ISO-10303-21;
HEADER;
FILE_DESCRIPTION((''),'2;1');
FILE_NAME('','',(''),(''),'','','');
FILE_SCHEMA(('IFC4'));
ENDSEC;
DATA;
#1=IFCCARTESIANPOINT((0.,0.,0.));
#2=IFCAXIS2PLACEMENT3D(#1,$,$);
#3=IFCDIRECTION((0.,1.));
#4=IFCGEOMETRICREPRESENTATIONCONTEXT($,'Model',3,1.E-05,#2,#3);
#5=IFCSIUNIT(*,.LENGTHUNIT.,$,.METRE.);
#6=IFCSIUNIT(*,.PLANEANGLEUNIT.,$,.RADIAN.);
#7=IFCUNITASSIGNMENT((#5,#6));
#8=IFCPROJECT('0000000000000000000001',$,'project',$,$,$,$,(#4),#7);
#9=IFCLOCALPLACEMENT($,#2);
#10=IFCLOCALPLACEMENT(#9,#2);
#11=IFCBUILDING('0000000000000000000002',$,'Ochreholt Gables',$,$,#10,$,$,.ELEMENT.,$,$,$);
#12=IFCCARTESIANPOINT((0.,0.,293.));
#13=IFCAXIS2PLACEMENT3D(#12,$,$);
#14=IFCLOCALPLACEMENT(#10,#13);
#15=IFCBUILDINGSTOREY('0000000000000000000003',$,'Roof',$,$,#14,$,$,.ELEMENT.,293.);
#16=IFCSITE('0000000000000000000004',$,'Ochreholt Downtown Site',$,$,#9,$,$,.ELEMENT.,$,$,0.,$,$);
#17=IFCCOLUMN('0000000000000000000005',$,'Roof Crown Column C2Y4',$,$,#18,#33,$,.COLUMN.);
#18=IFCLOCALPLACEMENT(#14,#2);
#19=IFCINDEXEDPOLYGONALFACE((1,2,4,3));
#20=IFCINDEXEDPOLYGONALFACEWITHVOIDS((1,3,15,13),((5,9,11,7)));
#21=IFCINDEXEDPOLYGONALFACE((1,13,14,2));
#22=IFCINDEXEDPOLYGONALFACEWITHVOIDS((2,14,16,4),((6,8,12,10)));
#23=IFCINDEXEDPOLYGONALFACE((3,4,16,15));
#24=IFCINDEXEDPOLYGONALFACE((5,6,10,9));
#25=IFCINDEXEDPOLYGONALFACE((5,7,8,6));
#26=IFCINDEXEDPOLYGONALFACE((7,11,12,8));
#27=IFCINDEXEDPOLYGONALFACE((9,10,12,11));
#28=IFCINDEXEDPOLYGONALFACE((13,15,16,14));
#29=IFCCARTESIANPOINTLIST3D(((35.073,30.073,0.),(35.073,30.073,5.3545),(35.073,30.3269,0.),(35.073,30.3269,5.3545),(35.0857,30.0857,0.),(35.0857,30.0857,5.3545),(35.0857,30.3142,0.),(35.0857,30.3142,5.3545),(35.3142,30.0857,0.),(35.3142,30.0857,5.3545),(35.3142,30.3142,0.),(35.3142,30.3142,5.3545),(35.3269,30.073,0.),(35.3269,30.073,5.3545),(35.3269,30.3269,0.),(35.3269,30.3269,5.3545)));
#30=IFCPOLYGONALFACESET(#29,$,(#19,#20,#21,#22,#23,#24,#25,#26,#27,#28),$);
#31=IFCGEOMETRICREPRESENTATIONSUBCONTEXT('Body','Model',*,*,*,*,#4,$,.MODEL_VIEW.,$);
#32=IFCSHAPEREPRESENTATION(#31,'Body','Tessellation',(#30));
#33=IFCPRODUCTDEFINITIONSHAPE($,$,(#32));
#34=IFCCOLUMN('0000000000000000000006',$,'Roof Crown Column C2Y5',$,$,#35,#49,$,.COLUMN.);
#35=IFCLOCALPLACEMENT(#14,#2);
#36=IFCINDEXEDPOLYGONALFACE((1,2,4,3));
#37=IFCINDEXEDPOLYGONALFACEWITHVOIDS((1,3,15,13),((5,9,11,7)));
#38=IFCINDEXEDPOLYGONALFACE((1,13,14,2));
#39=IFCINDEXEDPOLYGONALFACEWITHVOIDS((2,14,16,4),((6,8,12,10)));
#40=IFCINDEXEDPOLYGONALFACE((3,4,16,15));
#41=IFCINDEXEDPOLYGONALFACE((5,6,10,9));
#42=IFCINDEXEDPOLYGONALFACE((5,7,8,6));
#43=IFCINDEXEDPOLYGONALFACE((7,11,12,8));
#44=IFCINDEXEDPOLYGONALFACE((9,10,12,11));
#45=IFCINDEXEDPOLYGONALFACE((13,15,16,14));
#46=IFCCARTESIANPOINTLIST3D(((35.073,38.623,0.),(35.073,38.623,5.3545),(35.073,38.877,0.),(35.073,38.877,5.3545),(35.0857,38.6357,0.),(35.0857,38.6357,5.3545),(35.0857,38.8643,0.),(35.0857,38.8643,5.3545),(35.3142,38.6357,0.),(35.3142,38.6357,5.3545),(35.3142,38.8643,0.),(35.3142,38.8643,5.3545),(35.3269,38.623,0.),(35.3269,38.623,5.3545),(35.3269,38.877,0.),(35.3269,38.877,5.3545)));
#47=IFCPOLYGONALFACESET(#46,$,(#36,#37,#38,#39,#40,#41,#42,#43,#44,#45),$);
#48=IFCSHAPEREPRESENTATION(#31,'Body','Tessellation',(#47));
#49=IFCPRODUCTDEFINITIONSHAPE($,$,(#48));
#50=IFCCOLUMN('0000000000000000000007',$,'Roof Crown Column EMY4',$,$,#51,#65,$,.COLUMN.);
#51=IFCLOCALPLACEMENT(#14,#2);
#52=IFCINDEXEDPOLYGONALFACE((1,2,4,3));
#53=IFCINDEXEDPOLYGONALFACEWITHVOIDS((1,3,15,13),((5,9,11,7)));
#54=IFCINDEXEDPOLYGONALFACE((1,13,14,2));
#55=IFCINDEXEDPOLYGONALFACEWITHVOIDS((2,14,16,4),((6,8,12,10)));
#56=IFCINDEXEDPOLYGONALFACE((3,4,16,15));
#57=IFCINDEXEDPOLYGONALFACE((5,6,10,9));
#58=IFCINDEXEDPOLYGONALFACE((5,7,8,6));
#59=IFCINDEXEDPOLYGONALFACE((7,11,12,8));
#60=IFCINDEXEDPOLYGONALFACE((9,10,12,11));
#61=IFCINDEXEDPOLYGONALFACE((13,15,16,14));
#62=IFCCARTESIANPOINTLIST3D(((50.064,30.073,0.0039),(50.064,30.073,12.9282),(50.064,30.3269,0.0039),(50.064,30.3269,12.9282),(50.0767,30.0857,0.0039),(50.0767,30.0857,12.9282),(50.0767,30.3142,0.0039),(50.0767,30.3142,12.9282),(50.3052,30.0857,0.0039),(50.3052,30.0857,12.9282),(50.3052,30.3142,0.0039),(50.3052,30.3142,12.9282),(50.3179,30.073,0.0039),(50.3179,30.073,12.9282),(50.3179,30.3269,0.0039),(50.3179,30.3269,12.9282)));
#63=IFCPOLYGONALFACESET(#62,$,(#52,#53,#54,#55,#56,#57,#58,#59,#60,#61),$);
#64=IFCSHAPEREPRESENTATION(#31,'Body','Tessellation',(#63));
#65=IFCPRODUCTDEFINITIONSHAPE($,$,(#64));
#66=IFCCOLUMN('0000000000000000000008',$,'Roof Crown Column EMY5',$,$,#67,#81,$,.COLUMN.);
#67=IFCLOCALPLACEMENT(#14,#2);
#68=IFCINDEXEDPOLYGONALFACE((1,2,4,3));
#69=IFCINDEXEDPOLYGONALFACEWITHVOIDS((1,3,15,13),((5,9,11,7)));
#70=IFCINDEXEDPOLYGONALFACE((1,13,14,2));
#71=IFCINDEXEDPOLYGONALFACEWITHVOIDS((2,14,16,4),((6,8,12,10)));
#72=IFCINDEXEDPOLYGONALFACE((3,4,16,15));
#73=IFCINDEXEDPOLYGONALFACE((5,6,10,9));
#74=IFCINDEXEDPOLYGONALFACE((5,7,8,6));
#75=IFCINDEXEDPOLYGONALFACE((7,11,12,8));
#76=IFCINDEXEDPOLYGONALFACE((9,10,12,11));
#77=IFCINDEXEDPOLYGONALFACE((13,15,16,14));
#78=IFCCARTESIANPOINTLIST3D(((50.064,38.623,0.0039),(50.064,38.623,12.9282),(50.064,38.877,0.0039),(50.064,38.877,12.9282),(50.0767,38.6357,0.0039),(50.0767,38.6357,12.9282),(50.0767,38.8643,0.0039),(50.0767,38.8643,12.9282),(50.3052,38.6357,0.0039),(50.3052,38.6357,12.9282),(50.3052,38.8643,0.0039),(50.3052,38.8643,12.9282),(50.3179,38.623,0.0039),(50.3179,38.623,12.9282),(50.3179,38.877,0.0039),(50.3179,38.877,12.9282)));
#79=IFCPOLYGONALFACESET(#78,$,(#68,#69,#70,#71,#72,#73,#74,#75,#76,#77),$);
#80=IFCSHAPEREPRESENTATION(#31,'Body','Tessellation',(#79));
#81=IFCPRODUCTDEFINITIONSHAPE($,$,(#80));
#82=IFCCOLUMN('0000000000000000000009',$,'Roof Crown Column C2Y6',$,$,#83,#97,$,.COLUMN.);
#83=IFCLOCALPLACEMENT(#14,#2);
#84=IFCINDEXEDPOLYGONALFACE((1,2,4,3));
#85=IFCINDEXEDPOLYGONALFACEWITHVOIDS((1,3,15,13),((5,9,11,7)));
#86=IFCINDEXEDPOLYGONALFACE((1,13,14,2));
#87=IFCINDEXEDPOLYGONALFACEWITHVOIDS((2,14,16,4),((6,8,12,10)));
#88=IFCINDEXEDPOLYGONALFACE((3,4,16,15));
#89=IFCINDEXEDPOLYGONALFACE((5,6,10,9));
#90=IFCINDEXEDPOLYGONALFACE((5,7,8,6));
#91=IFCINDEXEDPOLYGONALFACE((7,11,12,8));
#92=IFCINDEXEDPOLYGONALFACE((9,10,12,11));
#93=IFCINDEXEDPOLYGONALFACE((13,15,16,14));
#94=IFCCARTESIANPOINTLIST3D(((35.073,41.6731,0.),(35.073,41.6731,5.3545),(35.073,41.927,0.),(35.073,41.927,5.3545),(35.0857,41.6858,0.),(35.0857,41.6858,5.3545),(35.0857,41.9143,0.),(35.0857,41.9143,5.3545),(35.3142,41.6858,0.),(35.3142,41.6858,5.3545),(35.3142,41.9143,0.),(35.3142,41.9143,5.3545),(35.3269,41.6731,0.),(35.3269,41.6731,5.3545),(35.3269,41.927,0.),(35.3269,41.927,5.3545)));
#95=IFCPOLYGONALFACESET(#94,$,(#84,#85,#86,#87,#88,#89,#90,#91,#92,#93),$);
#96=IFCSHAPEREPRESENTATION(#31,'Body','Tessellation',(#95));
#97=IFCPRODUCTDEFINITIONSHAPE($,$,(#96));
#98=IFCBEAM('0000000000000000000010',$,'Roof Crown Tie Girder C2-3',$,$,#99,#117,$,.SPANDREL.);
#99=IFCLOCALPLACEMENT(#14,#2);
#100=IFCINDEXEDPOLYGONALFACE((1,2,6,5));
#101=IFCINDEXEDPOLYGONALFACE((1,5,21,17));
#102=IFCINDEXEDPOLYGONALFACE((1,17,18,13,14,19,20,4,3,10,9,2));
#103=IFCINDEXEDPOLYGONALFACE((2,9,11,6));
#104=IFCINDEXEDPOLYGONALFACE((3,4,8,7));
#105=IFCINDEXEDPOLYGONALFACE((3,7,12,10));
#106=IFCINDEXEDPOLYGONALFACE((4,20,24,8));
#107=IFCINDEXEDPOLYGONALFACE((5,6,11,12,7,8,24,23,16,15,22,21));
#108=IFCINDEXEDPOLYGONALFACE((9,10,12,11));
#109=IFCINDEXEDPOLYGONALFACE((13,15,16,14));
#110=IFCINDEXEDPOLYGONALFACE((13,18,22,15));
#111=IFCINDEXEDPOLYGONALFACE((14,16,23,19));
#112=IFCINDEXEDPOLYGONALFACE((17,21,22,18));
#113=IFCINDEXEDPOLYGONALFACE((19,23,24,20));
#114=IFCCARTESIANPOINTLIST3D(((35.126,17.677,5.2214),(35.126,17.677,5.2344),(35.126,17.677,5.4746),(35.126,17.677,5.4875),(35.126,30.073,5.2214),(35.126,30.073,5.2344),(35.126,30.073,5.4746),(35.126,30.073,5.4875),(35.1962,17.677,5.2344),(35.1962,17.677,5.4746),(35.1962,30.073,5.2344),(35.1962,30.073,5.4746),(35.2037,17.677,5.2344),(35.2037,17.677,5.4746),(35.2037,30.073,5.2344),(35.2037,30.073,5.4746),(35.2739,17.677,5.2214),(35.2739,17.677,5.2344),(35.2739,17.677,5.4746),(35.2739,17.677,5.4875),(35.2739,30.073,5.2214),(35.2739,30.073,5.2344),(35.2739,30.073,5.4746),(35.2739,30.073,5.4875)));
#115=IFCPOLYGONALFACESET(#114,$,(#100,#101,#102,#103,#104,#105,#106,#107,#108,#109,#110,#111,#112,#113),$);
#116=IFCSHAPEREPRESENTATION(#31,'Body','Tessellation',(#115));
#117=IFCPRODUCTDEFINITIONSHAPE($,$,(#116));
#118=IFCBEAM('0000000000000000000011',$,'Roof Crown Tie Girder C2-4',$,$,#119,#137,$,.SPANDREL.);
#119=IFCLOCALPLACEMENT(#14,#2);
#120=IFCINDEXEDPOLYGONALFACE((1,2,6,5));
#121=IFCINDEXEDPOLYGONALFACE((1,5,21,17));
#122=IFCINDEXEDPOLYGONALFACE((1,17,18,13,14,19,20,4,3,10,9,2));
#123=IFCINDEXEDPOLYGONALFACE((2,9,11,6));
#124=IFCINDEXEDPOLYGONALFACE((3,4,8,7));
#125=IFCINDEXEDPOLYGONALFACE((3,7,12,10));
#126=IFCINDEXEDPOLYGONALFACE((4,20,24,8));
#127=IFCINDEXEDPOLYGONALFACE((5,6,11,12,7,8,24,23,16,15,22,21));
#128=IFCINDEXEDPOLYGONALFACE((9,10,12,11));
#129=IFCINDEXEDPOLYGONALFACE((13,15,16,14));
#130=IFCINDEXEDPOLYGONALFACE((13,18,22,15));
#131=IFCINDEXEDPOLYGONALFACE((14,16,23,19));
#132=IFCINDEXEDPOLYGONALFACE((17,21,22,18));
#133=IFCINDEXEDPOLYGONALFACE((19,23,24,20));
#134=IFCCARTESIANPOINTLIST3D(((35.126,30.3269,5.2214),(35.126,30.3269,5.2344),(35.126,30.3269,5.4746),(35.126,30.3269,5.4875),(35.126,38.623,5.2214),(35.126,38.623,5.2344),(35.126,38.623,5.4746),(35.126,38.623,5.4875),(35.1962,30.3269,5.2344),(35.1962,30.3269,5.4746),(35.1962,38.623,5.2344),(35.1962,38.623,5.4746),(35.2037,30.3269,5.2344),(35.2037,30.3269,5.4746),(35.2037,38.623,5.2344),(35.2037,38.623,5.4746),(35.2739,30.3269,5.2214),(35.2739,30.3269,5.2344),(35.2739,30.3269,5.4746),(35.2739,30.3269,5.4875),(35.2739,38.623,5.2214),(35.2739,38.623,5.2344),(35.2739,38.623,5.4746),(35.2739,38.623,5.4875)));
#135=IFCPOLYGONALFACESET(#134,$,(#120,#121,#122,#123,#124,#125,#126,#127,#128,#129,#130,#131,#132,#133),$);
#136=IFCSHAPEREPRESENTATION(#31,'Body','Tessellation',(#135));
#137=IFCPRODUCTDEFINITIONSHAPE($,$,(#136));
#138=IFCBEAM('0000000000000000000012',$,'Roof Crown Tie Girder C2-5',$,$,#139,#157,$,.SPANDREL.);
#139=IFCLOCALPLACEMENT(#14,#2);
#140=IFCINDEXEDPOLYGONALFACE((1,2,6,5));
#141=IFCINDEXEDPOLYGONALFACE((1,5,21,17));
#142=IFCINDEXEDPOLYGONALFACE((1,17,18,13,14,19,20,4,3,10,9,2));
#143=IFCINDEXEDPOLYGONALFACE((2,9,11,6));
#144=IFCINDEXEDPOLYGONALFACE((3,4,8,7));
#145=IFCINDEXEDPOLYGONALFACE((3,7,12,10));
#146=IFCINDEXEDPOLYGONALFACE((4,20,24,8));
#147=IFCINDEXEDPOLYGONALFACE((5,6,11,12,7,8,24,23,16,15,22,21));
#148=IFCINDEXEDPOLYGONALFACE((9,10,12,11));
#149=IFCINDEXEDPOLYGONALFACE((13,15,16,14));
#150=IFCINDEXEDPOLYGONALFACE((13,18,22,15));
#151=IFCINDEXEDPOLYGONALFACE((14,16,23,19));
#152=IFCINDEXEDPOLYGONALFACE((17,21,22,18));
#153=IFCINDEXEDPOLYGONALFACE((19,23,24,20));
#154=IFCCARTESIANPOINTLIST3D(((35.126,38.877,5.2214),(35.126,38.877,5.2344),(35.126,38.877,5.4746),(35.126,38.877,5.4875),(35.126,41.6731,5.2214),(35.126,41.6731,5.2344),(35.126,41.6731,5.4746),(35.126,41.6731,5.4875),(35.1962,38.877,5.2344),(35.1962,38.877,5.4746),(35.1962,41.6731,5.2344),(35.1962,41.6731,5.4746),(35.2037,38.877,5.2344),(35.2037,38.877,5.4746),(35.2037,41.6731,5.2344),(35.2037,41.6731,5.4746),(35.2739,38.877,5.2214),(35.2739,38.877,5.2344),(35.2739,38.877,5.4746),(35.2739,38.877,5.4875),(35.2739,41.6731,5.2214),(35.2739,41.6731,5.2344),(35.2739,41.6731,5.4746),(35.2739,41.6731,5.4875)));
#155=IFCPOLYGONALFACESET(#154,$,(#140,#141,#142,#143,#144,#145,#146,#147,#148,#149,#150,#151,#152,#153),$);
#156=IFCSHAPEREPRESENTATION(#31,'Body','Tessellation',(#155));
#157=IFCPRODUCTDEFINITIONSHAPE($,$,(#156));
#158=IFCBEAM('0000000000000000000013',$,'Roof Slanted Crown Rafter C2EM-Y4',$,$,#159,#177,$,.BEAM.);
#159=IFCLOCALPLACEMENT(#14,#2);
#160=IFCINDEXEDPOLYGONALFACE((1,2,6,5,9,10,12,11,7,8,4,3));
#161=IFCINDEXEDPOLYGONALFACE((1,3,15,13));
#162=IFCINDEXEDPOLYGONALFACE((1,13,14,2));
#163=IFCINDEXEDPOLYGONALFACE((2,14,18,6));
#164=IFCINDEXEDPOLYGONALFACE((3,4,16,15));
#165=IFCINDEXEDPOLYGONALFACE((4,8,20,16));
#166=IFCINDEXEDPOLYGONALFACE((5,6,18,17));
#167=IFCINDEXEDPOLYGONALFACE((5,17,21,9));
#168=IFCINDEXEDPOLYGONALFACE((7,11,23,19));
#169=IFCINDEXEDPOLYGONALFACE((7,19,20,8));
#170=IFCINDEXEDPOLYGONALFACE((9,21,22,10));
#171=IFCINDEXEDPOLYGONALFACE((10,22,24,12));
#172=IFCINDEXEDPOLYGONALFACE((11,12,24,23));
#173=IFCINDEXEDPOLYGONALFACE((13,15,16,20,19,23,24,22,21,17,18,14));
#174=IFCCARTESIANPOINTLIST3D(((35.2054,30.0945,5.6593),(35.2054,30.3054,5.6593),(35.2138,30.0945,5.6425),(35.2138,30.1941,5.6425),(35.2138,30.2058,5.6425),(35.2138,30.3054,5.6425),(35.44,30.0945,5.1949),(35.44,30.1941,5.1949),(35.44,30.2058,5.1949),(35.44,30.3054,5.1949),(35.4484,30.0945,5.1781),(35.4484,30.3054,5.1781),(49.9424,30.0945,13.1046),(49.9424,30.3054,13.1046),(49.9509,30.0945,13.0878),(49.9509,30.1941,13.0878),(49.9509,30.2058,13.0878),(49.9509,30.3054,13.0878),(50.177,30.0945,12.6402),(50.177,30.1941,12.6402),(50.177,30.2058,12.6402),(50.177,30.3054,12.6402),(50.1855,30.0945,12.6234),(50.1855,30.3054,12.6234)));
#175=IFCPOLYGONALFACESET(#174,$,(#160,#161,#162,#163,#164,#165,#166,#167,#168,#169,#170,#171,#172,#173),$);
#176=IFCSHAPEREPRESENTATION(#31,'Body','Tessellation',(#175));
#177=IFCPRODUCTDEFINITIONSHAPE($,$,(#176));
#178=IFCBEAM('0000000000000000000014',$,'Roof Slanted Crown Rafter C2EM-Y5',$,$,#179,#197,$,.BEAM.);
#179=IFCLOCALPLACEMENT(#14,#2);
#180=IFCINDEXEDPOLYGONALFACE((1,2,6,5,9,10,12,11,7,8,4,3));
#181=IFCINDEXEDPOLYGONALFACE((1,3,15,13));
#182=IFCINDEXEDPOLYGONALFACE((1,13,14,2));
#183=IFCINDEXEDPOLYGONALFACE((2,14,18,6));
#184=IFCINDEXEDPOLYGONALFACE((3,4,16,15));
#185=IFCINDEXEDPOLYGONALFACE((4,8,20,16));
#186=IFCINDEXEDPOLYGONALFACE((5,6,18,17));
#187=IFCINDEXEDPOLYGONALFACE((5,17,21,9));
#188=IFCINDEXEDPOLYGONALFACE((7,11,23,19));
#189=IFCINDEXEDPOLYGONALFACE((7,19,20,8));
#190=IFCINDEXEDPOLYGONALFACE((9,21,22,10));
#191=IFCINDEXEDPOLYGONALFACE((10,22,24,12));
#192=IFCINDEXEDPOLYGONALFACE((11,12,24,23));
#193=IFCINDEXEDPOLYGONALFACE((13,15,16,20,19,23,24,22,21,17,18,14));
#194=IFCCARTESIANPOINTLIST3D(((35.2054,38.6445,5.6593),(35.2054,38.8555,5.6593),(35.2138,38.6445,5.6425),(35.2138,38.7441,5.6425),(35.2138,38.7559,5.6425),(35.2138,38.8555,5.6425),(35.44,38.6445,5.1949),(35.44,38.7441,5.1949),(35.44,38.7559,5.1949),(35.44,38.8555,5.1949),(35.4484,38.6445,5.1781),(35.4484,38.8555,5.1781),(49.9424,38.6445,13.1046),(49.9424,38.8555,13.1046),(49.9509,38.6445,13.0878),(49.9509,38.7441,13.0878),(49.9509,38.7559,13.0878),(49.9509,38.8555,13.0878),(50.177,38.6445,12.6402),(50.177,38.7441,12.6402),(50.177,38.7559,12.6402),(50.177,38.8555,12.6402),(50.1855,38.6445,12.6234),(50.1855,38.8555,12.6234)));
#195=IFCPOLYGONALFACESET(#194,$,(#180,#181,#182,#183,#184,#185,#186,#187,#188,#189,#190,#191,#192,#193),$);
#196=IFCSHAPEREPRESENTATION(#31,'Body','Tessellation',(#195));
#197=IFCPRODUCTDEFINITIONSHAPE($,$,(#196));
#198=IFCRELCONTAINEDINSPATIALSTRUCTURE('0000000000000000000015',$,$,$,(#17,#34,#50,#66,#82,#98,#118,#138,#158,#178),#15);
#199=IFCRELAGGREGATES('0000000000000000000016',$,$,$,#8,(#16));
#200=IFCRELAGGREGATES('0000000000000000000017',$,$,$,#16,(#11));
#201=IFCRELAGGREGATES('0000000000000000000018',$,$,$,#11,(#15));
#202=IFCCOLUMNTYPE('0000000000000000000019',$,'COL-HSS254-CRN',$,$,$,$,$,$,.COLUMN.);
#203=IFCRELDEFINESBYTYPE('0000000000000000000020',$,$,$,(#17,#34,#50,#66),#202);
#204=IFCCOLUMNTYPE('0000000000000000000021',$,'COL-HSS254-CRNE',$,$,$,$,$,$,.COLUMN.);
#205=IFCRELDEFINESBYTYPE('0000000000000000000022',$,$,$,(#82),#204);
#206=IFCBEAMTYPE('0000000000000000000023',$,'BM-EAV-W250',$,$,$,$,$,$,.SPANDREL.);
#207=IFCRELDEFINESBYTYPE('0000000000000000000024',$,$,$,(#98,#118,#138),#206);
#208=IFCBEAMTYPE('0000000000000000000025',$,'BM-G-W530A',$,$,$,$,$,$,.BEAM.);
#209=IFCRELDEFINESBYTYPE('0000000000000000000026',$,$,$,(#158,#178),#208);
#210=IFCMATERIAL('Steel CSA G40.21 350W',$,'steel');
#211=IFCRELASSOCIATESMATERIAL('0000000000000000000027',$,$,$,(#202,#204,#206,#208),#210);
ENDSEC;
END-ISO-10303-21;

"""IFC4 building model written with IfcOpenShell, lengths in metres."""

from ifc_helpers import new_model, si_unit, direction, frame, origin, origin_2d, place, context, subcontext, project, spatial, hollow_rectangle, i_section, extrude, material, material_profile, profile_set, type_object, element, save


model = new_model("IFC4")

# Units and contexts
model_context = context("Model", 3, precision=1e-05, world=origin(), true_north=direction((0.0, 1.0)))
body_context = subcontext(model_context, "Body", "Model", "MODEL_VIEW")
ifc_project = project(units=[si_unit("LENGTHUNIT", "METRE"), si_unit("PLANEANGLEUNIT", "RADIAN")], contexts=[model_context])

# Site, building, storey
site_placement = place(None, origin())
site = spatial("IfcSite", under=ifc_project, at=site_placement, Name="Ochreholt Downtown Site", CompositionType="ELEMENT", RefElevation=0.0)
building_placement = place(site_placement, origin())
building = spatial("IfcBuilding", under=site, at=building_placement, Name="Ochreholt Gables", CompositionType="ELEMENT")
storey_placement = place(building_placement, frame((0.0, 0.0, 293.0)))
storey = spatial("IfcBuildingStorey", under=building, at=storey_placement, Name="Roof", CompositionType="ELEMENT", Elevation=293.0)

# Columns
ifc_material_1 = material(Name="Steel CSA G40.21 350W", Category="steel")
ifc_material_profile_1 = material_profile(ifc_material_1, hollow_rectangle(XDim=0.2539, YDim=0.2539, WallThickness=0.0127, at=origin_2d()), Name="HSS254X254X13")
ifc_profile_set_1 = profile_set([ifc_material_profile_1], Name="Steel CSA G40.21 350W")
column_type_1 = type_object("IfcColumnType", Name="COL-HSS254-CRN", PredefinedType="COLUMN", material=ifc_profile_set_1)
for number, where, z_axis, x_axis, name in (
    (1, (35.2, 30.2, 0.0), (0.0, 0.0, 1.0), (1.0, 0.0, 0.0), "Roof Crown Column C2Y4"),
    (2, (35.2, 38.75, 0.0), (0.0, 0.0, 1.0), (1.0, 0.0, 0.0), "Roof Crown Column C2Y5"),
):
    element("IfcColumn", number, at=place(storey_placement, frame(where, z_axis=z_axis, x_axis=x_axis)), inside=storey, type_object=column_type_1, Name=name, PredefinedType="COLUMN", context=body_context, shape_type="SweptSolid", body=[
        extrude(hollow_rectangle(XDim=0.2539, YDim=0.2539, WallThickness=0.0127, at=origin_2d()), origin(), (0.0, 0.0, 1.0), 5.3545),
    ])
for number, where, z_axis, x_axis, name in (
    (3, (50.1909, 30.2, 0.0039), (0.0, 0.0, 1.0), (1.0, 0.0, 0.0), "Roof Crown Column EMY4"),
    (4, (50.1909, 38.75, 0.0039), (0.0, 0.0, 1.0), (1.0, 0.0, 0.0), "Roof Crown Column EMY5"),
):
    element("IfcColumn", number, at=place(storey_placement, frame(where, z_axis=z_axis, x_axis=x_axis)), inside=storey, type_object=column_type_1, Name=name, PredefinedType="COLUMN", context=body_context, shape_type="SweptSolid", body=[
        extrude(hollow_rectangle(XDim=0.2539, YDim=0.2539, WallThickness=0.0127, at=origin_2d()), origin(), (0.0, 0.0, 1.0), 12.9243),
    ])
ifc_material_profile_2 = material_profile(ifc_material_1, hollow_rectangle(XDim=0.2539, YDim=0.2539, WallThickness=0.0127, at=origin_2d()), Name="HSS254X254X13")
ifc_profile_set_2 = profile_set([ifc_material_profile_2], Name="Steel CSA G40.21 350W")
column_type_2 = type_object("IfcColumnType", Name="COL-HSS254-CRNE", PredefinedType="COLUMN", material=ifc_profile_set_2)
column_placement = place(storey_placement, frame((35.2, 41.8, 0.0), z_axis=(0.0, 0.0, 1.0), x_axis=(1.0, 0.0, 0.0)))
element("IfcColumn", 5, at=column_placement, inside=storey, type_object=column_type_2, Name="Roof Crown Column C2Y6", PredefinedType="COLUMN", context=body_context, shape_type="SweptSolid", body=[
    extrude(hollow_rectangle(XDim=0.2539, YDim=0.2539, WallThickness=0.0127, at=origin_2d()), origin(), (0.0, 0.0, 1.0), 5.3545),
])

# Beams
ifc_material_profile_3 = material_profile(ifc_material_1, i_section(OverallWidth=0.1479, OverallDepth=0.2661, WebThickness=0.0076, FlangeThickness=0.0129, at=origin_2d()), Name="W250X45")
ifc_profile_set_3 = profile_set([ifc_material_profile_3], Name="Steel CSA G40.21 350W")
beam_type_1 = type_object("IfcBeamType", Name="BM-EAV-W250", PredefinedType="SPANDREL", material=ifc_profile_set_3)
beam_1_placement = place(storey_placement, frame((35.2, 17.677, 5.3545), z_axis=(0.0, 1.0, 0.0), x_axis=(-1.0, 0.0, 0.0)))
element("IfcBeam", 6, at=beam_1_placement, inside=storey, type_object=beam_type_1, Name="Roof Crown Tie Girder C2-3", PredefinedType="SPANDREL", context=body_context, shape_type="SweptSolid", body=[
    extrude(i_section(OverallWidth=0.1479, OverallDepth=0.2661, WebThickness=0.0076, FlangeThickness=0.0129, at=origin_2d()), origin(), (0.0, 0.0, 1.0), 12.396),
])
beam_2_placement = place(storey_placement, frame((35.2, 30.3269, 5.3545), z_axis=(0.0, 1.0, 0.0), x_axis=(-1.0, 0.0, 0.0)))
element("IfcBeam", 7, at=beam_2_placement, inside=storey, type_object=beam_type_1, Name="Roof Crown Tie Girder C2-4", PredefinedType="SPANDREL", context=body_context, shape_type="SweptSolid", body=[
    extrude(i_section(OverallWidth=0.1479, OverallDepth=0.2661, WebThickness=0.0076, FlangeThickness=0.0129, at=origin_2d()), origin(), (0.0, 0.0, 1.0), 8.2961),
])
beam_3_placement = place(storey_placement, frame((35.2, 38.877, 5.3545), z_axis=(0.0, 1.0, 0.0), x_axis=(-1.0, 0.0, 0.0)))
element("IfcBeam", 8, at=beam_3_placement, inside=storey, type_object=beam_type_1, Name="Roof Crown Tie Girder C2-5", PredefinedType="SPANDREL", context=body_context, shape_type="SweptSolid", body=[
    extrude(i_section(OverallWidth=0.1479, OverallDepth=0.2661, WebThickness=0.0076, FlangeThickness=0.0129, at=origin_2d()), origin(), (0.0, 0.0, 1.0), 2.7961),
])
ifc_material_profile_4 = material_profile(ifc_material_1, i_section(OverallWidth=0.2109, OverallDepth=0.5391, WebThickness=0.0117, FlangeThickness=0.0188, at=origin_2d()), Name="W530X109")
ifc_profile_set_4 = profile_set([ifc_material_profile_4], Name="Steel CSA G40.21 350W")
beam_type_2 = type_object("IfcBeamType", Name="BM-G-W530A", PredefinedType="BEAM", material=ifc_profile_set_4)
for number, where, z_axis, x_axis, name in (
    (9, (35.3269, 30.2, 5.4187), (0.892559, 0.0, 0.45093), (0.0, 1.0, 0.0), "Roof Slanted Crown Rafter C2EM-Y4"),
    (10, (35.3269, 38.75, 5.4187), (0.892559, 0.0, 0.45093), (0.0, 1.0, 0.0), "Roof Slanted Crown Rafter C2EM-Y5"),
):
    element("IfcBeam", number, at=place(storey_placement, frame(where, z_axis=z_axis, x_axis=x_axis)), inside=storey, type_object=beam_type_2, Name=name, PredefinedType="BEAM", context=body_context, shape_type="SweptSolid", body=[
        extrude(i_section(OverallWidth=0.2109, OverallDepth=0.5391, WebThickness=0.0117, FlangeThickness=0.0188, at=origin_2d()), origin(), (0.0, 0.0, 1.0), 16.511),
    ])

save(model, "model.ifc")
